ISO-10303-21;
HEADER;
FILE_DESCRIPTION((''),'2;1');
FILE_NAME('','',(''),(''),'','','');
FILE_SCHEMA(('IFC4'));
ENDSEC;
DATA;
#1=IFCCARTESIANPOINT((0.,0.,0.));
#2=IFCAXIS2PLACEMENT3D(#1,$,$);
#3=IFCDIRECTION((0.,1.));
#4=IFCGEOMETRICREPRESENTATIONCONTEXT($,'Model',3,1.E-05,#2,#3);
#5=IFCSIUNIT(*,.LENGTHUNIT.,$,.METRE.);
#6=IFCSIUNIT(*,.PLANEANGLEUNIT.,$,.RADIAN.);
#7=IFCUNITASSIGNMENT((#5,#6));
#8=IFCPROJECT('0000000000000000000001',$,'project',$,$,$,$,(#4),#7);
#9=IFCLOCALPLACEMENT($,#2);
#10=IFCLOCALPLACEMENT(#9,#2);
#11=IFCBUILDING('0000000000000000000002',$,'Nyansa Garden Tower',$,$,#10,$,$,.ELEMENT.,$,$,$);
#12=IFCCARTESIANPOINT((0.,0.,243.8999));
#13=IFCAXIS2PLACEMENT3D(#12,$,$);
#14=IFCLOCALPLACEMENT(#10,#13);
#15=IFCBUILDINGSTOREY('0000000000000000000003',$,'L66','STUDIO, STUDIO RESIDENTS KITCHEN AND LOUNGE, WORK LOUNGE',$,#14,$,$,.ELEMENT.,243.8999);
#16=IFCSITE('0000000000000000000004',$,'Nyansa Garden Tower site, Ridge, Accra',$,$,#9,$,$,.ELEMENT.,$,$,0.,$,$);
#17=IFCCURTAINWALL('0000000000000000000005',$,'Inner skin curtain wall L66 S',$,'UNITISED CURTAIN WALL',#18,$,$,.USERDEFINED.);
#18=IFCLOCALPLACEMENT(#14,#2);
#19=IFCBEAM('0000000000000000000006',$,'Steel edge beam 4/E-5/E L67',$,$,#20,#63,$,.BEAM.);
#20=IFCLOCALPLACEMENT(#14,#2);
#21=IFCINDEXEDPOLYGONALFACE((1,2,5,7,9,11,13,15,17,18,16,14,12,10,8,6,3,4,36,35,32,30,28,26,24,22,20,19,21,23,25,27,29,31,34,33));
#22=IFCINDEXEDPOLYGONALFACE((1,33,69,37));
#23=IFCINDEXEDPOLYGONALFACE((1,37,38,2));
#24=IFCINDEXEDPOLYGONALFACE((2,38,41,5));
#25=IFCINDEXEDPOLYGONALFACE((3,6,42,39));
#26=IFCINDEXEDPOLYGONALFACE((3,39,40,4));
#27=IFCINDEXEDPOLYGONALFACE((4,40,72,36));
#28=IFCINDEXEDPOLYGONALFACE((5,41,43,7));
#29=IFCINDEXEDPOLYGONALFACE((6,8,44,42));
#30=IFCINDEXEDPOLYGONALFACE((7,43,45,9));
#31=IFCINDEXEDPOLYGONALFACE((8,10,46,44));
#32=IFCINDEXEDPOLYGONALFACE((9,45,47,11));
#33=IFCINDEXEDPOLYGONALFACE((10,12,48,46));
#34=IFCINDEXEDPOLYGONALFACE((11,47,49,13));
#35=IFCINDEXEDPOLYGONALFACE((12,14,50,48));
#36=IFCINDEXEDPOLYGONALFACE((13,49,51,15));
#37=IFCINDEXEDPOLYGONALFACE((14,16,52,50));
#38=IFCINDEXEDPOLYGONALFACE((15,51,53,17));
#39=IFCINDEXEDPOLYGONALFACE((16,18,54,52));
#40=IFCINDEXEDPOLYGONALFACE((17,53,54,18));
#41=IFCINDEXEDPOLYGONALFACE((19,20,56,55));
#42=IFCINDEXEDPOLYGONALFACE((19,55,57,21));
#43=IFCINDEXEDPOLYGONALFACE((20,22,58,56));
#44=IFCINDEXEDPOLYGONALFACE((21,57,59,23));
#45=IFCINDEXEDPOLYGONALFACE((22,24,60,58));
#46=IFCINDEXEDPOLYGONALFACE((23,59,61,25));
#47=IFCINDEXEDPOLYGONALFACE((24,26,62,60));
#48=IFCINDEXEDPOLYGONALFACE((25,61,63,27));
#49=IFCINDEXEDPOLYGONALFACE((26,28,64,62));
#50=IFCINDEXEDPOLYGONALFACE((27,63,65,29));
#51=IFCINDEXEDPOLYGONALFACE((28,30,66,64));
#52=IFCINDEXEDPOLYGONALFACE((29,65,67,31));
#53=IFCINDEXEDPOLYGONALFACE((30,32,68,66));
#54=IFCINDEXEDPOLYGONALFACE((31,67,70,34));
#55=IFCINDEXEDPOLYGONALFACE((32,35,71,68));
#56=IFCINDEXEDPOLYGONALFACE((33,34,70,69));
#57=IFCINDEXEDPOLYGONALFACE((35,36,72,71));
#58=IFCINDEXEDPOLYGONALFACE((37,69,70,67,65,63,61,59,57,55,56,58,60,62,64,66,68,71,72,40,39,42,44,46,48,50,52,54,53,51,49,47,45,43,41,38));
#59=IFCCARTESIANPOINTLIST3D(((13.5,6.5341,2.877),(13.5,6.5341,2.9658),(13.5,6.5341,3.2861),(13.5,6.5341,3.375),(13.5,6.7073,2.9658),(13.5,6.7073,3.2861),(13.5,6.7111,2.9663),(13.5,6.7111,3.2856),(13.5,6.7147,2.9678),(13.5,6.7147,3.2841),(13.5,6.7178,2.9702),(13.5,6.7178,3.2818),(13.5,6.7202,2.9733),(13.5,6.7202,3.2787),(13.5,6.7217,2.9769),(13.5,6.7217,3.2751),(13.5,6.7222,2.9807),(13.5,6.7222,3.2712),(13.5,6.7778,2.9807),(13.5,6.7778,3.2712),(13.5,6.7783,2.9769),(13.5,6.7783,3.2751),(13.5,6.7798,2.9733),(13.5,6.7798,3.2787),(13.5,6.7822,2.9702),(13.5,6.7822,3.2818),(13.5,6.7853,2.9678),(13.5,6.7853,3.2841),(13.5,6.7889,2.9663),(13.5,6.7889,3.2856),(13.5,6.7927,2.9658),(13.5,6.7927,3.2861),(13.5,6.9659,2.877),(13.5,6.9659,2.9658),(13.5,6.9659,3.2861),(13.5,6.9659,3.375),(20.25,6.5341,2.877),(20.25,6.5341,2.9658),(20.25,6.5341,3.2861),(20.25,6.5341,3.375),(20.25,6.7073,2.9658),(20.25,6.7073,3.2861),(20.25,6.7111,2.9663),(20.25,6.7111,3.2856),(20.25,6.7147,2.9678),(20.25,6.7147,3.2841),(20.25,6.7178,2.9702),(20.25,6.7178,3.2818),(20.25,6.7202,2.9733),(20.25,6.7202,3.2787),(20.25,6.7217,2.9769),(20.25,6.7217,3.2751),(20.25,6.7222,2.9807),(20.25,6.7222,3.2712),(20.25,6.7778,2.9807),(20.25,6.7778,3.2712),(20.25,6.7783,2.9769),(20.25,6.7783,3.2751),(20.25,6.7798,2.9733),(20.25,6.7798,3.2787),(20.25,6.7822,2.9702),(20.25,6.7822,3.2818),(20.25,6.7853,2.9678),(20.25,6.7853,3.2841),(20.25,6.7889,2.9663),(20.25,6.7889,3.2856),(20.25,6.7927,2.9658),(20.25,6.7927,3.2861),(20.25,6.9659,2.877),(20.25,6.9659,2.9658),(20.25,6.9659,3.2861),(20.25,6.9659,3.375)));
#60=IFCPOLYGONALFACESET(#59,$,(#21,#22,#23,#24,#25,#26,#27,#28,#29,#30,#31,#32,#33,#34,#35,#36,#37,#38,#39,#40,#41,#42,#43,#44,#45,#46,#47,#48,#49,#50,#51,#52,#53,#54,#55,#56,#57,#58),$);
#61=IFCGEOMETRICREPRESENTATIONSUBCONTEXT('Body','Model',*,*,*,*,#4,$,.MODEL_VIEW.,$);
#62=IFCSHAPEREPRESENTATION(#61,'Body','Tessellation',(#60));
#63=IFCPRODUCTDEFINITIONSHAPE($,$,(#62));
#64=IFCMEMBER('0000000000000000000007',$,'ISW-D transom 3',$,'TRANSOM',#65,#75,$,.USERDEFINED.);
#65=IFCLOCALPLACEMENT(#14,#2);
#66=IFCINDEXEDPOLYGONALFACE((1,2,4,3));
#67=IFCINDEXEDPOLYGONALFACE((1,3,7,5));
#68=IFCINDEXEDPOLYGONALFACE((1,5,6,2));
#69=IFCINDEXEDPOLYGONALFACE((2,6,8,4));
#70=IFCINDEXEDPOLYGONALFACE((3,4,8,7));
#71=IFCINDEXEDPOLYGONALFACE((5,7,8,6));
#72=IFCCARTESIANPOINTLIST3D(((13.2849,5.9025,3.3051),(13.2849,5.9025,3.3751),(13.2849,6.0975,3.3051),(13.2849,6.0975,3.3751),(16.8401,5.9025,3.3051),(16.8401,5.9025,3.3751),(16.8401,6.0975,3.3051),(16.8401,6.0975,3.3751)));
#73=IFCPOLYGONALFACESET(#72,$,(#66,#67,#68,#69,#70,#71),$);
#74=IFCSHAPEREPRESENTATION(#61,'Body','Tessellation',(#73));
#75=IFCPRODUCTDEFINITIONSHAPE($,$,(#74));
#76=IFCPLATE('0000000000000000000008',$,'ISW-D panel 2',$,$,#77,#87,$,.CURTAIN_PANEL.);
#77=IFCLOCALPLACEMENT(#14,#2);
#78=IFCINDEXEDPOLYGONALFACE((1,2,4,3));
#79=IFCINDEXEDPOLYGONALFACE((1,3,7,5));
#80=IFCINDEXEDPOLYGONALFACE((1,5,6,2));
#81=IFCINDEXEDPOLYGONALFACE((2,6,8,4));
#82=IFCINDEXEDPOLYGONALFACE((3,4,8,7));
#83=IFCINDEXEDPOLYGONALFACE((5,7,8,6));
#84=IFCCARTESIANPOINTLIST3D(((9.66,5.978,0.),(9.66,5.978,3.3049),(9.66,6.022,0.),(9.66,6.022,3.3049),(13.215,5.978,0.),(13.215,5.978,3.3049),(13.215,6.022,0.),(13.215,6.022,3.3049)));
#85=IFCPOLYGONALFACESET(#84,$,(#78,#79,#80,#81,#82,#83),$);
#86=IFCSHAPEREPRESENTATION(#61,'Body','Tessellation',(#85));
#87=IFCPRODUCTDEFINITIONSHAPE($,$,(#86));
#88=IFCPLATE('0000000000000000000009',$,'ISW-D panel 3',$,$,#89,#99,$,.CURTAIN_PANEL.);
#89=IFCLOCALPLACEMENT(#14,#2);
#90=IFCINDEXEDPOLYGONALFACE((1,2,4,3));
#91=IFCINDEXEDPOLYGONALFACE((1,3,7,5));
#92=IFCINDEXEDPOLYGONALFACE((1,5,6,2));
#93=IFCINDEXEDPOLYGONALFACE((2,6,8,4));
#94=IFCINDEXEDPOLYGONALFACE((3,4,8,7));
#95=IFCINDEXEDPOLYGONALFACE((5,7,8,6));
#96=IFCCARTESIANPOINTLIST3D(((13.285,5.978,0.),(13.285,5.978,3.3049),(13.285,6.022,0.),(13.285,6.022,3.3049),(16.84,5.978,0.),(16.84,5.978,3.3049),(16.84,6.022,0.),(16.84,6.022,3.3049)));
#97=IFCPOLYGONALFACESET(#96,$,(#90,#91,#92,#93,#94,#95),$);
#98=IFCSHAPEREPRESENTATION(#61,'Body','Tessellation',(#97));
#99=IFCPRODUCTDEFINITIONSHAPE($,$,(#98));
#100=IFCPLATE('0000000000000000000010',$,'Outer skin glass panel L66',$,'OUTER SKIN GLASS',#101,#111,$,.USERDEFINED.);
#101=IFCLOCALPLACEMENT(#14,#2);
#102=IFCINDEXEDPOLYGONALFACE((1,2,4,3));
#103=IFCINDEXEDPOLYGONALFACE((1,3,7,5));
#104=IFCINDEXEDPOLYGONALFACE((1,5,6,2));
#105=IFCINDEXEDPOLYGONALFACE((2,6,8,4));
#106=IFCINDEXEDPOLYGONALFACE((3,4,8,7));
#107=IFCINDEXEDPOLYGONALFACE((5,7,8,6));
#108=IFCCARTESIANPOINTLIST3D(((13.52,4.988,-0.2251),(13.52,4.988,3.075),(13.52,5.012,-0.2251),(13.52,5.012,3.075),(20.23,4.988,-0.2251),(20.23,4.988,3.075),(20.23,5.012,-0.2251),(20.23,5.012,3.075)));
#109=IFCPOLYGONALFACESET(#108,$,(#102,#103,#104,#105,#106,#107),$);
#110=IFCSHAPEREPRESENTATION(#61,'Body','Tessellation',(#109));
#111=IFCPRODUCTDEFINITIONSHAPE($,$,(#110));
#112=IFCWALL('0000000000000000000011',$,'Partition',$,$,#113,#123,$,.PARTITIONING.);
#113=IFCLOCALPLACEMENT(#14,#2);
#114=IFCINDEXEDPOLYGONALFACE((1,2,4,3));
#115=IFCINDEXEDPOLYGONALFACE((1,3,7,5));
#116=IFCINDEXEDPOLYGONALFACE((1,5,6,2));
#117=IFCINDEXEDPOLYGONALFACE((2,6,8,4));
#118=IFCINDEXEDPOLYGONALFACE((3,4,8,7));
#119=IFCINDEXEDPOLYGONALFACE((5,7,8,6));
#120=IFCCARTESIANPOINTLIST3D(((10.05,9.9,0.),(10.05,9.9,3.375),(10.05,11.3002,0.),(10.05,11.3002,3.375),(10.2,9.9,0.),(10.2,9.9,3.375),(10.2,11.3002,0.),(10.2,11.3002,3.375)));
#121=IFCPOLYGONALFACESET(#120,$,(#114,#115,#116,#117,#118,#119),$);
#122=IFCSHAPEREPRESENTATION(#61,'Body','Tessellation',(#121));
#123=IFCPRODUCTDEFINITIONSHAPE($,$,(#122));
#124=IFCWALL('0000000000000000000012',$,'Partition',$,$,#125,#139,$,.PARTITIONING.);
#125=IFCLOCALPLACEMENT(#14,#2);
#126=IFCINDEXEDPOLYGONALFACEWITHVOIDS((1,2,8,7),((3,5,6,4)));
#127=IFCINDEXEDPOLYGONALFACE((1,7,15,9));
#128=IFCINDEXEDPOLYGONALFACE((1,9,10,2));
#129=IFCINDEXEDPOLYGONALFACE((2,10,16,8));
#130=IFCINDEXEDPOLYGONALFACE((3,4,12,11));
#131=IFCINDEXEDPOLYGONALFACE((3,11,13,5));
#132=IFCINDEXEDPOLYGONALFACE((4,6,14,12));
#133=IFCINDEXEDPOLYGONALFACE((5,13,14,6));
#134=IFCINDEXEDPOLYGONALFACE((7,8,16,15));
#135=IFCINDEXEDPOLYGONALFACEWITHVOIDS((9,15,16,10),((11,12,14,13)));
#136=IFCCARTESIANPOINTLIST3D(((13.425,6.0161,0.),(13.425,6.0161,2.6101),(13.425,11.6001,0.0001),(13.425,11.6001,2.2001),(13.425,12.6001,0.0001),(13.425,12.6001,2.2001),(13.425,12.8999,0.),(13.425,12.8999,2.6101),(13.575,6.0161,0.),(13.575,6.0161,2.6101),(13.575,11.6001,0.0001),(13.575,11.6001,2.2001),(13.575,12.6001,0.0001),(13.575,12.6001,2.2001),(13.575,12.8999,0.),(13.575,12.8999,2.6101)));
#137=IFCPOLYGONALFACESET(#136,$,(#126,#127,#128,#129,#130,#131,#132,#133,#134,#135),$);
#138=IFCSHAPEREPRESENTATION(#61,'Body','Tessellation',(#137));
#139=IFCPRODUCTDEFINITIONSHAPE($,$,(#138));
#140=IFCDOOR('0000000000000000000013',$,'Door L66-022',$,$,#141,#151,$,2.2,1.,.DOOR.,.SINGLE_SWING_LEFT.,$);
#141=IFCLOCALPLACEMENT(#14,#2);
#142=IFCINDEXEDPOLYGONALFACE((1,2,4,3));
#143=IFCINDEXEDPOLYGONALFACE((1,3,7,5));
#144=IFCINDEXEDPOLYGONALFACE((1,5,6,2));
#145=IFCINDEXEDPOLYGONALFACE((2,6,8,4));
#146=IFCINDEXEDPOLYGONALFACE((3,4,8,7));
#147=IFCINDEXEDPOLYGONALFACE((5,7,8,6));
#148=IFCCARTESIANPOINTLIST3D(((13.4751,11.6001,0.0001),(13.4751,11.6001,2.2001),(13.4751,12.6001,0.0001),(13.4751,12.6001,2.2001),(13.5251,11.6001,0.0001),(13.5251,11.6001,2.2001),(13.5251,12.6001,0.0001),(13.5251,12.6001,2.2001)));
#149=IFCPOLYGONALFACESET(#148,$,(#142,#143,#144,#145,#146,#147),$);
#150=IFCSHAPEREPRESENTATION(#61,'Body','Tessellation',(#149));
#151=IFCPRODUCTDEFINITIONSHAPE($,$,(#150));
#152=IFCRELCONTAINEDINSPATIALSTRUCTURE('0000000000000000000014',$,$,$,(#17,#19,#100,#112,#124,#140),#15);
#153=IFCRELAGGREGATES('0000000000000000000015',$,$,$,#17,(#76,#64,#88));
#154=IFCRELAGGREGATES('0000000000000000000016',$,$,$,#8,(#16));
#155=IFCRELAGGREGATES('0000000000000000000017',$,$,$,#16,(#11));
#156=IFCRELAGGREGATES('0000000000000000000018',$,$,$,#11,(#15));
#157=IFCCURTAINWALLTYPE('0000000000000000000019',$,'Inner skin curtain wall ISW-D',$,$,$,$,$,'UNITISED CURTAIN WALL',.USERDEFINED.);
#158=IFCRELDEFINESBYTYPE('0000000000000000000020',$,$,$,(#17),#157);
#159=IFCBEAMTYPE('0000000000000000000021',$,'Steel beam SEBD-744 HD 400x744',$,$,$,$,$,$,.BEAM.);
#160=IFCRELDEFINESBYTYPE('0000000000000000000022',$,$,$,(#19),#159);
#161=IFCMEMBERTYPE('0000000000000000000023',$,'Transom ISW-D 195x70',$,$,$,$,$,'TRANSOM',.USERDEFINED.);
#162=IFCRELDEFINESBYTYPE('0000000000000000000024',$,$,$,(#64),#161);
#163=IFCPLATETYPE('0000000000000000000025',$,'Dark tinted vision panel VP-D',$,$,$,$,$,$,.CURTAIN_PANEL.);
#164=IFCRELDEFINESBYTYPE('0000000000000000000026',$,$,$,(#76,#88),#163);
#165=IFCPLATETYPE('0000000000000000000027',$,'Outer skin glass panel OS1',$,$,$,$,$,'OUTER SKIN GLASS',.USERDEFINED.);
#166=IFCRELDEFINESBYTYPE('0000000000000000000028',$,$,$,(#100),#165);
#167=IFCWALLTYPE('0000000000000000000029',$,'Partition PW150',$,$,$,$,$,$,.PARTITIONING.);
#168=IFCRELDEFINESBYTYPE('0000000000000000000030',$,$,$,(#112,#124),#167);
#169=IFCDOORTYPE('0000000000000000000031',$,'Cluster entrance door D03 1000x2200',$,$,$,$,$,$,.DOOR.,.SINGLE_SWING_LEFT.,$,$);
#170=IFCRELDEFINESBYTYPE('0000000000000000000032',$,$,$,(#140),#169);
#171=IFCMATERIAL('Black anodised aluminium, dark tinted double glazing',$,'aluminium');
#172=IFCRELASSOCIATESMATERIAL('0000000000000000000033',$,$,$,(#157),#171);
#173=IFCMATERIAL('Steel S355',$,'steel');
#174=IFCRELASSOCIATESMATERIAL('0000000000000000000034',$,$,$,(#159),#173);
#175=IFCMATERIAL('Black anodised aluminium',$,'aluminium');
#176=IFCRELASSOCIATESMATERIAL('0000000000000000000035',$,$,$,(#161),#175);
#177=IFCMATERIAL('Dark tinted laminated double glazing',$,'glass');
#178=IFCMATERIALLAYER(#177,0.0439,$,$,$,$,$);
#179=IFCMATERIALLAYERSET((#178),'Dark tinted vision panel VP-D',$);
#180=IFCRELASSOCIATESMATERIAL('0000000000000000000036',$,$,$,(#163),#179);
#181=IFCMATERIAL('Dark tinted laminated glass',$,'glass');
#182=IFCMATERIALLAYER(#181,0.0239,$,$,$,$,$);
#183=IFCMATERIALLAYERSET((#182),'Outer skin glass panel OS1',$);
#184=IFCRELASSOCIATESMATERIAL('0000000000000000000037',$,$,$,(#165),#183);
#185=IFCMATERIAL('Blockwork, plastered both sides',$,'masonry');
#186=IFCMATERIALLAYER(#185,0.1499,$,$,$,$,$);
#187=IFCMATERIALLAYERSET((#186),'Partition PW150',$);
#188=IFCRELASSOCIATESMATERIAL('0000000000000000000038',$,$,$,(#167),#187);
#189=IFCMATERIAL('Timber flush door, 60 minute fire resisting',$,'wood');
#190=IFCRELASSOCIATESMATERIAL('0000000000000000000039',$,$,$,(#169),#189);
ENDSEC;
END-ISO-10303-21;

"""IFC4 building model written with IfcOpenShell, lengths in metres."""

from ifc_helpers import new_model, si_unit, direction, frame, frame_2d, origin, origin_2d, place, context, subcontext, project, spatial, rectangle, i_section, extrude, material, layer, layer_set, material_profile, profile_set, type_object, element, fill, aggregate, save


model = new_model("IFC4")

# Units and contexts
model_context = context("Model", 3, precision=1e-05, world=origin(), true_north=direction((0.0, 1.0)))
body_context = subcontext(model_context, "Body", "Model", "MODEL_VIEW")
ifc_project = project(units=[si_unit("LENGTHUNIT", "METRE"), si_unit("PLANEANGLEUNIT", "RADIAN")], contexts=[model_context])

# Site, building, storey
site_placement = place(None, origin())
site = spatial("IfcSite", under=ifc_project, at=site_placement, Name="Nyansa Garden Tower site, Ridge, Accra", CompositionType="ELEMENT", RefElevation=0.0)
building_placement = place(site_placement, origin())
building = spatial("IfcBuilding", under=site, at=building_placement, Name="Nyansa Garden Tower", CompositionType="ELEMENT")
storey_placement = place(building_placement, frame((0.0, 0.0, 243.8999)))
storey = spatial("IfcBuildingStorey", under=building, at=storey_placement, Name="L66", Description="STUDIO, STUDIO RESIDENTS KITCHEN AND LOUNGE, WORK LOUNGE", CompositionType="ELEMENT", Elevation=243.8999)

# Curtain wall
ifc_material_1 = material(Name="Black anodised aluminium, dark tinted double glazing", Category="aluminium")
curtain_wall_type = type_object("IfcCurtainWallType", Name="Inner skin curtain wall ISW-D", ElementType="UNITISED CURTAIN WALL", PredefinedType="USERDEFINED", material=ifc_material_1)
curtain_wall_placement = place(storey_placement, origin())
curtain_wall = element("IfcCurtainWall", 1, at=curtain_wall_placement, inside=storey, type_object=curtain_wall_type, Name="Inner skin curtain wall L66 S", ObjectType="UNITISED CURTAIN WALL", PredefinedType="USERDEFINED")

# Beam
ifc_material_2 = material(Name="Steel S355", Category="steel")
ifc_material_profile_1 = material_profile(ifc_material_2, i_section(OverallWidth=0.4319, OverallDepth=0.498, WebThickness=0.0557, FlangeThickness=0.0889, FilletRadius=0.0149, at=origin_2d()), Name="HD 400x744")
ifc_profile_set_1 = profile_set([ifc_material_profile_1], Name="Steel S355")
beam_type_1 = type_object("IfcBeamType", Name="Steel beam SEBD-744 HD 400x744", PredefinedType="BEAM", material=ifc_profile_set_1)
beam_1_placement = place(storey_placement, frame((13.5, 6.75, 3.126), z_axis=(1.0, 0.0, 0.0), x_axis=(0.0, 1.0, 0.0)))
element("IfcBeam", 2, at=beam_1_placement, inside=storey, type_object=beam_type_1, Name="Steel edge beam 4/E-5/E L67", PredefinedType="BEAM", context=body_context, shape_type="SweptSolid", body=[
    extrude(i_section(OverallWidth=0.4319, OverallDepth=0.498, WebThickness=0.0557, FlangeThickness=0.0889, FilletRadius=0.0149, at=origin_2d()), origin(), (0.0, 0.0, 1.0), 6.75),
])

# Member
ifc_material_3 = material(Name="Black anodised aluminium", Category="aluminium")
ifc_material_profile_2 = material_profile(ifc_material_3, rectangle(XDim=0.1951, YDim=0.0701, at=origin_2d()), Name="Transom 195x70")
ifc_profile_set_2 = profile_set([ifc_material_profile_2], Name="Black anodised aluminium")
member_type_1 = type_object("IfcMemberType", Name="Transom ISW-D 195x70", ElementType="TRANSOM", PredefinedType="USERDEFINED", material=ifc_profile_set_2)
member_1_placement = place(storey_placement, frame((13.2849, 6.0, 3.3401), z_axis=(1.0, 0.0, 0.0), x_axis=(0.0, 1.0, 0.0)))
member_1 = element("IfcMember", 3, at=member_1_placement, type_object=member_type_1, Name="ISW-D transom 3", ObjectType="TRANSOM", PredefinedType="USERDEFINED", context=body_context, shape_type="SweptSolid", body=[
    extrude(rectangle(XDim=0.1951, YDim=0.0701, at=origin_2d()), origin(), (0.0, 0.0, 1.0), 3.5552),
])

# Plates
ifc_material_4 = material(Name="Dark tinted laminated double glazing", Category="glass")
ifc_layer_1 = layer(ifc_material_4, 0.0439)
ifc_layer_set_1 = layer_set([ifc_layer_1], Name="Dark tinted vision panel VP-D")
plate_type_1 = type_object("IfcPlateType", Name="Dark tinted vision panel VP-D", PredefinedType="CURTAIN_PANEL", material=ifc_layer_set_1)
plate_1_placement = place(storey_placement, frame((11.4375, 6.0, 0.0), z_axis=(0.0, 0.0, 1.0), x_axis=(1.0, 0.0, 0.0)))
plate_1 = element("IfcPlate", 4, at=plate_1_placement, type_object=plate_type_1, Name="ISW-D panel 2", PredefinedType="CURTAIN_PANEL", context=body_context, shape_type="SweptSolid", body=[
    extrude(rectangle(XDim=3.5549, YDim=0.0439, at=origin_2d()), origin(), (0.0, 0.0, 1.0), 3.3049),
])
plate_2_placement = place(storey_placement, frame((15.0625, 6.0, 0.0), z_axis=(0.0, 0.0, 1.0), x_axis=(1.0, 0.0, 0.0)))
plate_2 = element("IfcPlate", 5, at=plate_2_placement, type_object=plate_type_1, Name="ISW-D panel 3", PredefinedType="CURTAIN_PANEL", context=body_context, shape_type="SweptSolid", body=[
    extrude(rectangle(XDim=3.5549, YDim=0.0439, at=origin_2d()), origin(), (0.0, 0.0, 1.0), 3.3049),
])
aggregate(curtain_wall, [plate_1, member_1, plate_2])
ifc_material_5 = material(Name="Dark tinted laminated glass", Category="glass")
ifc_layer_2 = layer(ifc_material_5, 0.0239)
ifc_layer_set_2 = layer_set([ifc_layer_2], Name="Outer skin glass panel OS1")
plate_type_2 = type_object("IfcPlateType", Name="Outer skin glass panel OS1", ElementType="OUTER SKIN GLASS", PredefinedType="USERDEFINED", material=ifc_layer_set_2)
plate_3_placement = place(storey_placement, frame((16.875, 5.0, -0.2251), z_axis=(0.0, 0.0, 1.0), x_axis=(1.0, 0.0, 0.0)))
element("IfcPlate", 6, at=plate_3_placement, inside=storey, type_object=plate_type_2, Name="Outer skin glass panel L66", ObjectType="OUTER SKIN GLASS", PredefinedType="USERDEFINED", context=body_context, shape_type="SweptSolid", body=[
    extrude(rectangle(XDim=6.71, YDim=0.0239, at=origin_2d()), origin(), (0.0, 0.0, 1.0), 3.3),
])

# Wall
ifc_material_6 = material(Name="Blockwork, plastered both sides", Category="masonry")
ifc_layer_3 = layer(ifc_material_6, 0.1499)
ifc_layer_set_3 = layer_set([ifc_layer_3], Name="Partition PW150")
wall_type_1 = type_object("IfcWallType", Name="Partition PW150", PredefinedType="PARTITIONING", material=ifc_layer_set_3)
wall_1_placement = place(storey_placement, frame((10.125, 9.8999, 0.0), z_axis=(0.0, 0.0, 1.0), x_axis=(0.0, 1.0, 0.0)))
element("IfcWall", 7, at=wall_1_placement, inside=storey, type_object=wall_type_1, Name="Partition", PredefinedType="PARTITIONING", context=body_context, shape_type="SweptSolid", body=[
    extrude(rectangle(XDim=1.4001, YDim=0.1499, at=frame_2d((0.7002, 0.0))), origin(), (0.0, 0.0, 1.0), 3.375),
])

# Wall, opening, door
wall_2_placement = place(storey_placement, frame((13.5, 6.0161, 0.0), z_axis=(0.0, 0.0, 1.0), x_axis=(0.0, 1.0, 0.0)))
wall_2 = element("IfcWall", 8, at=wall_2_placement, inside=storey, type_object=wall_type_1, Name="Partition", PredefinedType="PARTITIONING", context=body_context, shape_type="SweptSolid", body=[
    extrude(rectangle(XDim=6.8838, YDim=0.1499, at=frame_2d((3.4419, 0.0))), origin(), (0.0, 0.0, 1.0), 2.6101),
])
opening_1_placement = place(wall_2_placement, frame((5.584, 0.0, 0.0)))
opening_1 = element("IfcOpeningElement", 9, at=opening_1_placement, cuts=wall_2, PredefinedType="OPENING", context=body_context, shape_type="SweptSolid", body=[
    extrude(rectangle(XDim=1.0, YDim=2.2, at=frame_2d((0.5, 1.1001))), frame((0.0, 0.085, 0.0), z_axis=(0.0, -1.0, 0.0), x_axis=(1.0, 0.0, 0.0)), (0.0, 0.0, 1.0), 0.1699),
])
ifc_material_7 = material(Name="Timber flush door, 60 minute fire resisting", Category="wood")
door_type_1 = type_object("IfcDoorType", Name="Cluster entrance door D03 1000x2200", OperationType="SINGLE_SWING_LEFT", PredefinedType="DOOR", material=ifc_material_7)
door_1_placement = place(opening_1_placement, origin())
door_1 = element("IfcDoor", 10, at=door_1_placement, inside=storey, type_object=door_type_1, Name="Door L66-022", OperationType="SINGLE_SWING_LEFT", OverallHeight=2.2, OverallWidth=1.0, PredefinedType="DOOR", context=body_context, shape_type="SweptSolid", body=[
    extrude(rectangle(XDim=1.0, YDim=2.2, at=frame_2d((0.5, 1.1001))), frame((0.0, 0.0249, 0.0), z_axis=(0.0, -1.0, 0.0), x_axis=(1.0, 0.0, 0.0)), (0.0, 0.0, 1.0), 0.05),
])
fill(opening_1, door_1)

save(model, "model.ifc")
